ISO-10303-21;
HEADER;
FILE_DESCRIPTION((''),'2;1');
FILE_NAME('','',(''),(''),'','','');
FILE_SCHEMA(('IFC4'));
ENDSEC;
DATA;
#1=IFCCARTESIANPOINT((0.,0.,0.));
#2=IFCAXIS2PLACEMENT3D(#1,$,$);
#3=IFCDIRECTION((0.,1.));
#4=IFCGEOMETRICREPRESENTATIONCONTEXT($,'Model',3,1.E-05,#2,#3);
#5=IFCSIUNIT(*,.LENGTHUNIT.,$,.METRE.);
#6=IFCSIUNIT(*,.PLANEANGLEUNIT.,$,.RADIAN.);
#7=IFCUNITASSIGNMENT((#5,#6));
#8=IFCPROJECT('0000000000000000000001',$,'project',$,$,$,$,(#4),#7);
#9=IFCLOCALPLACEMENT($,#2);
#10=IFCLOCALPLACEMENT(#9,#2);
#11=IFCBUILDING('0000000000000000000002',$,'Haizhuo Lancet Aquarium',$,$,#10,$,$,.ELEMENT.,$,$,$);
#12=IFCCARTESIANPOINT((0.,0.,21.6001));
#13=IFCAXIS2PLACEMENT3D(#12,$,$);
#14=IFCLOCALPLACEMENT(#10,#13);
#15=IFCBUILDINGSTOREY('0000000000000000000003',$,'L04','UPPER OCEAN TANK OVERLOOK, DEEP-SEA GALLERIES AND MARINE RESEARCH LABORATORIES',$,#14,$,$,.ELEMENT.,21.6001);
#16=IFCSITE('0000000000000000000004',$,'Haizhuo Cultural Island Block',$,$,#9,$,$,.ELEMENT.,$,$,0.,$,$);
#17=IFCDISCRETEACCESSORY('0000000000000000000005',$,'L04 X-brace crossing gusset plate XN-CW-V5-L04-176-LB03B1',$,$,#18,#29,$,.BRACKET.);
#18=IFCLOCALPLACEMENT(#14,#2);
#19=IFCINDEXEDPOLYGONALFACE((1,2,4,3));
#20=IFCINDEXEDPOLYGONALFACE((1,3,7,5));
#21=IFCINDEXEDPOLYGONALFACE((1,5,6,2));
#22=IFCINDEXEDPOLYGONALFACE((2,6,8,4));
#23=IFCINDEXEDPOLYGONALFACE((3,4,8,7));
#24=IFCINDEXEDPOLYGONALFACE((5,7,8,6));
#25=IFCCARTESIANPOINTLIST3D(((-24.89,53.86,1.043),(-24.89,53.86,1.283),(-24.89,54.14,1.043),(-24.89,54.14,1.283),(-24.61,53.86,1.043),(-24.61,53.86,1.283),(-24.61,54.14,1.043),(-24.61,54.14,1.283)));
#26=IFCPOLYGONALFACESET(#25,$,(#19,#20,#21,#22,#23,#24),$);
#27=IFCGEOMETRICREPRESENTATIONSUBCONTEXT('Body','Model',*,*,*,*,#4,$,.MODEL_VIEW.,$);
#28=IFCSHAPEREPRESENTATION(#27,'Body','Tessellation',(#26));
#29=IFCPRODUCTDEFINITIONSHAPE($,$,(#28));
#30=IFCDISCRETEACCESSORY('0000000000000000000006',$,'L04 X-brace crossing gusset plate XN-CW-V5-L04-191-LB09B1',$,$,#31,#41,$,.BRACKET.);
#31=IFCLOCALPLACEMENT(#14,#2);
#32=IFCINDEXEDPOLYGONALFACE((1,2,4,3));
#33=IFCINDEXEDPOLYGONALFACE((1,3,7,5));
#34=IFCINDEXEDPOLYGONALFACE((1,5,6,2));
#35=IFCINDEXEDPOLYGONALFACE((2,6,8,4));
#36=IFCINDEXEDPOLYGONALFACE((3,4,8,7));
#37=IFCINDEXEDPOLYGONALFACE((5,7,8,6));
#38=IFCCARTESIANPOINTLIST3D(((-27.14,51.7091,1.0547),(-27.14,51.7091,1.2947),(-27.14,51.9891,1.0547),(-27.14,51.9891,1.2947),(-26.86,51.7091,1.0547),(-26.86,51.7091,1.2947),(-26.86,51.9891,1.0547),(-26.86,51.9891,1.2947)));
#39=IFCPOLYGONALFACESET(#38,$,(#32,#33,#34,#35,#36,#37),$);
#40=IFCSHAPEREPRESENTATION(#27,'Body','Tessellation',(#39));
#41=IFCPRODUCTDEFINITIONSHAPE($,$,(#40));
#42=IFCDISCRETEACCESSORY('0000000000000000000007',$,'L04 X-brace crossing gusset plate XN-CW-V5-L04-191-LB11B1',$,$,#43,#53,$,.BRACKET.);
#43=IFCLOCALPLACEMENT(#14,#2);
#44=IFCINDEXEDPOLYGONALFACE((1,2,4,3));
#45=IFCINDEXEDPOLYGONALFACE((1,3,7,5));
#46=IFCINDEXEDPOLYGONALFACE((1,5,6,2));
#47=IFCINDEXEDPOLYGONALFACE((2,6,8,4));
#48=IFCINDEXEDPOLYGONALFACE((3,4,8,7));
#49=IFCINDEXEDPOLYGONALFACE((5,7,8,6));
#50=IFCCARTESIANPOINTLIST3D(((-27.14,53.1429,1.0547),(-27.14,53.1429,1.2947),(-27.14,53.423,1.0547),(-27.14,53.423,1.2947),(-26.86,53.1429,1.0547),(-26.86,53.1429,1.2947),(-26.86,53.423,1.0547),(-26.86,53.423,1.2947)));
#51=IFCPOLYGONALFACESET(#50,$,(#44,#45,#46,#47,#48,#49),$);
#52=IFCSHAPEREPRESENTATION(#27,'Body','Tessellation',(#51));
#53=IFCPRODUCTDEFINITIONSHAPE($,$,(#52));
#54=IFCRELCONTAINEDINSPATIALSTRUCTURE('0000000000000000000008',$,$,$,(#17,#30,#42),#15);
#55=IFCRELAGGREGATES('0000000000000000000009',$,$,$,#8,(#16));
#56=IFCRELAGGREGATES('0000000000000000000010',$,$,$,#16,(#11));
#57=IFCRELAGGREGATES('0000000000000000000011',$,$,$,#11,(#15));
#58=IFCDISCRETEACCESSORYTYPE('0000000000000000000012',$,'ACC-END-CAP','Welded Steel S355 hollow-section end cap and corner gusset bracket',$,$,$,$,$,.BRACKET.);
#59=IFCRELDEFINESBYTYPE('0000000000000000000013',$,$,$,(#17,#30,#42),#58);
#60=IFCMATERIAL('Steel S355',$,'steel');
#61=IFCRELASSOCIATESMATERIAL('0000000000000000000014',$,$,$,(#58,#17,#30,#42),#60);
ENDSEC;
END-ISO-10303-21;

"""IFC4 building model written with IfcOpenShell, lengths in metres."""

from ifc_helpers import new_model, si_unit, direction, frame, origin, origin_2d, place, context, subcontext, project, spatial, rectangle, extrude, material, type_object, element, save


model = new_model("IFC4")

# Units and contexts
model_context = context("Model", 3, precision=1e-05, world=origin(), true_north=direction((0.0, 1.0)))
body_context = subcontext(model_context, "Body", "Model", "MODEL_VIEW")
ifc_project = project(units=[si_unit("LENGTHUNIT", "METRE"), si_unit("PLANEANGLEUNIT", "RADIAN")], contexts=[model_context])

# Site, building, storey
site_placement = place(None, origin())
site = spatial("IfcSite", under=ifc_project, at=site_placement, Name="Haizhuo Cultural Island Block", CompositionType="ELEMENT", RefElevation=0.0)
building_placement = place(site_placement, origin())
building = spatial("IfcBuilding", under=site, at=building_placement, Name="Haizhuo Lancet Aquarium", CompositionType="ELEMENT")
storey_placement = place(building_placement, frame((0.0, 0.0, 21.6001)))
storey = spatial("IfcBuildingStorey", under=building, at=storey_placement, Name="L04", Description="UPPER OCEAN TANK OVERLOOK, DEEP-SEA GALLERIES AND MARINE RESEARCH LABORATORIES", CompositionType="ELEMENT", Elevation=21.6001)

# Shared definitions
ifc_material_1 = material(Name="Steel S355", Category="steel")

# Discrete accessories
discrete_accessory_type = type_object("IfcDiscreteAccessoryType", Name="ACC-END-CAP", Description="Welded Steel S355 hollow-section end cap and corner gusset bracket", PredefinedType="BRACKET", material=ifc_material_1)
for number, where, z_axis, x_axis, name in (
    (1, (-24.75, 54.0, 1.043), (0.0, 0.0, 1.0), (1.0, 0.0, 0.0), "L04 X-brace crossing gusset plate XN-CW-V5-L04-176-LB03B1"),
    (2, (-27.0, 51.8491, 1.0547), (0.0, 0.0, 1.0), (1.0, 0.0, 0.0), "L04 X-brace crossing gusset plate XN-CW-V5-L04-191-LB09B1"),
    (3, (-27.0, 53.283, 1.0547), (0.0, 0.0, 1.0), (1.0, 0.0, 0.0), "L04 X-brace crossing gusset plate XN-CW-V5-L04-191-LB11B1"),
):
    element("IfcDiscreteAccessory", number, at=place(storey_placement, frame(where, z_axis=z_axis, x_axis=x_axis)), inside=storey, type_object=discrete_accessory_type, material=ifc_material_1, Name=name, PredefinedType="BRACKET", context=body_context, shape_type="SweptSolid", body=[
        extrude(rectangle(XDim=0.28, YDim=0.28, at=origin_2d()), origin(), (0.0, 0.0, 1.0), 0.24),
    ])

save(model, "model.ifc")
